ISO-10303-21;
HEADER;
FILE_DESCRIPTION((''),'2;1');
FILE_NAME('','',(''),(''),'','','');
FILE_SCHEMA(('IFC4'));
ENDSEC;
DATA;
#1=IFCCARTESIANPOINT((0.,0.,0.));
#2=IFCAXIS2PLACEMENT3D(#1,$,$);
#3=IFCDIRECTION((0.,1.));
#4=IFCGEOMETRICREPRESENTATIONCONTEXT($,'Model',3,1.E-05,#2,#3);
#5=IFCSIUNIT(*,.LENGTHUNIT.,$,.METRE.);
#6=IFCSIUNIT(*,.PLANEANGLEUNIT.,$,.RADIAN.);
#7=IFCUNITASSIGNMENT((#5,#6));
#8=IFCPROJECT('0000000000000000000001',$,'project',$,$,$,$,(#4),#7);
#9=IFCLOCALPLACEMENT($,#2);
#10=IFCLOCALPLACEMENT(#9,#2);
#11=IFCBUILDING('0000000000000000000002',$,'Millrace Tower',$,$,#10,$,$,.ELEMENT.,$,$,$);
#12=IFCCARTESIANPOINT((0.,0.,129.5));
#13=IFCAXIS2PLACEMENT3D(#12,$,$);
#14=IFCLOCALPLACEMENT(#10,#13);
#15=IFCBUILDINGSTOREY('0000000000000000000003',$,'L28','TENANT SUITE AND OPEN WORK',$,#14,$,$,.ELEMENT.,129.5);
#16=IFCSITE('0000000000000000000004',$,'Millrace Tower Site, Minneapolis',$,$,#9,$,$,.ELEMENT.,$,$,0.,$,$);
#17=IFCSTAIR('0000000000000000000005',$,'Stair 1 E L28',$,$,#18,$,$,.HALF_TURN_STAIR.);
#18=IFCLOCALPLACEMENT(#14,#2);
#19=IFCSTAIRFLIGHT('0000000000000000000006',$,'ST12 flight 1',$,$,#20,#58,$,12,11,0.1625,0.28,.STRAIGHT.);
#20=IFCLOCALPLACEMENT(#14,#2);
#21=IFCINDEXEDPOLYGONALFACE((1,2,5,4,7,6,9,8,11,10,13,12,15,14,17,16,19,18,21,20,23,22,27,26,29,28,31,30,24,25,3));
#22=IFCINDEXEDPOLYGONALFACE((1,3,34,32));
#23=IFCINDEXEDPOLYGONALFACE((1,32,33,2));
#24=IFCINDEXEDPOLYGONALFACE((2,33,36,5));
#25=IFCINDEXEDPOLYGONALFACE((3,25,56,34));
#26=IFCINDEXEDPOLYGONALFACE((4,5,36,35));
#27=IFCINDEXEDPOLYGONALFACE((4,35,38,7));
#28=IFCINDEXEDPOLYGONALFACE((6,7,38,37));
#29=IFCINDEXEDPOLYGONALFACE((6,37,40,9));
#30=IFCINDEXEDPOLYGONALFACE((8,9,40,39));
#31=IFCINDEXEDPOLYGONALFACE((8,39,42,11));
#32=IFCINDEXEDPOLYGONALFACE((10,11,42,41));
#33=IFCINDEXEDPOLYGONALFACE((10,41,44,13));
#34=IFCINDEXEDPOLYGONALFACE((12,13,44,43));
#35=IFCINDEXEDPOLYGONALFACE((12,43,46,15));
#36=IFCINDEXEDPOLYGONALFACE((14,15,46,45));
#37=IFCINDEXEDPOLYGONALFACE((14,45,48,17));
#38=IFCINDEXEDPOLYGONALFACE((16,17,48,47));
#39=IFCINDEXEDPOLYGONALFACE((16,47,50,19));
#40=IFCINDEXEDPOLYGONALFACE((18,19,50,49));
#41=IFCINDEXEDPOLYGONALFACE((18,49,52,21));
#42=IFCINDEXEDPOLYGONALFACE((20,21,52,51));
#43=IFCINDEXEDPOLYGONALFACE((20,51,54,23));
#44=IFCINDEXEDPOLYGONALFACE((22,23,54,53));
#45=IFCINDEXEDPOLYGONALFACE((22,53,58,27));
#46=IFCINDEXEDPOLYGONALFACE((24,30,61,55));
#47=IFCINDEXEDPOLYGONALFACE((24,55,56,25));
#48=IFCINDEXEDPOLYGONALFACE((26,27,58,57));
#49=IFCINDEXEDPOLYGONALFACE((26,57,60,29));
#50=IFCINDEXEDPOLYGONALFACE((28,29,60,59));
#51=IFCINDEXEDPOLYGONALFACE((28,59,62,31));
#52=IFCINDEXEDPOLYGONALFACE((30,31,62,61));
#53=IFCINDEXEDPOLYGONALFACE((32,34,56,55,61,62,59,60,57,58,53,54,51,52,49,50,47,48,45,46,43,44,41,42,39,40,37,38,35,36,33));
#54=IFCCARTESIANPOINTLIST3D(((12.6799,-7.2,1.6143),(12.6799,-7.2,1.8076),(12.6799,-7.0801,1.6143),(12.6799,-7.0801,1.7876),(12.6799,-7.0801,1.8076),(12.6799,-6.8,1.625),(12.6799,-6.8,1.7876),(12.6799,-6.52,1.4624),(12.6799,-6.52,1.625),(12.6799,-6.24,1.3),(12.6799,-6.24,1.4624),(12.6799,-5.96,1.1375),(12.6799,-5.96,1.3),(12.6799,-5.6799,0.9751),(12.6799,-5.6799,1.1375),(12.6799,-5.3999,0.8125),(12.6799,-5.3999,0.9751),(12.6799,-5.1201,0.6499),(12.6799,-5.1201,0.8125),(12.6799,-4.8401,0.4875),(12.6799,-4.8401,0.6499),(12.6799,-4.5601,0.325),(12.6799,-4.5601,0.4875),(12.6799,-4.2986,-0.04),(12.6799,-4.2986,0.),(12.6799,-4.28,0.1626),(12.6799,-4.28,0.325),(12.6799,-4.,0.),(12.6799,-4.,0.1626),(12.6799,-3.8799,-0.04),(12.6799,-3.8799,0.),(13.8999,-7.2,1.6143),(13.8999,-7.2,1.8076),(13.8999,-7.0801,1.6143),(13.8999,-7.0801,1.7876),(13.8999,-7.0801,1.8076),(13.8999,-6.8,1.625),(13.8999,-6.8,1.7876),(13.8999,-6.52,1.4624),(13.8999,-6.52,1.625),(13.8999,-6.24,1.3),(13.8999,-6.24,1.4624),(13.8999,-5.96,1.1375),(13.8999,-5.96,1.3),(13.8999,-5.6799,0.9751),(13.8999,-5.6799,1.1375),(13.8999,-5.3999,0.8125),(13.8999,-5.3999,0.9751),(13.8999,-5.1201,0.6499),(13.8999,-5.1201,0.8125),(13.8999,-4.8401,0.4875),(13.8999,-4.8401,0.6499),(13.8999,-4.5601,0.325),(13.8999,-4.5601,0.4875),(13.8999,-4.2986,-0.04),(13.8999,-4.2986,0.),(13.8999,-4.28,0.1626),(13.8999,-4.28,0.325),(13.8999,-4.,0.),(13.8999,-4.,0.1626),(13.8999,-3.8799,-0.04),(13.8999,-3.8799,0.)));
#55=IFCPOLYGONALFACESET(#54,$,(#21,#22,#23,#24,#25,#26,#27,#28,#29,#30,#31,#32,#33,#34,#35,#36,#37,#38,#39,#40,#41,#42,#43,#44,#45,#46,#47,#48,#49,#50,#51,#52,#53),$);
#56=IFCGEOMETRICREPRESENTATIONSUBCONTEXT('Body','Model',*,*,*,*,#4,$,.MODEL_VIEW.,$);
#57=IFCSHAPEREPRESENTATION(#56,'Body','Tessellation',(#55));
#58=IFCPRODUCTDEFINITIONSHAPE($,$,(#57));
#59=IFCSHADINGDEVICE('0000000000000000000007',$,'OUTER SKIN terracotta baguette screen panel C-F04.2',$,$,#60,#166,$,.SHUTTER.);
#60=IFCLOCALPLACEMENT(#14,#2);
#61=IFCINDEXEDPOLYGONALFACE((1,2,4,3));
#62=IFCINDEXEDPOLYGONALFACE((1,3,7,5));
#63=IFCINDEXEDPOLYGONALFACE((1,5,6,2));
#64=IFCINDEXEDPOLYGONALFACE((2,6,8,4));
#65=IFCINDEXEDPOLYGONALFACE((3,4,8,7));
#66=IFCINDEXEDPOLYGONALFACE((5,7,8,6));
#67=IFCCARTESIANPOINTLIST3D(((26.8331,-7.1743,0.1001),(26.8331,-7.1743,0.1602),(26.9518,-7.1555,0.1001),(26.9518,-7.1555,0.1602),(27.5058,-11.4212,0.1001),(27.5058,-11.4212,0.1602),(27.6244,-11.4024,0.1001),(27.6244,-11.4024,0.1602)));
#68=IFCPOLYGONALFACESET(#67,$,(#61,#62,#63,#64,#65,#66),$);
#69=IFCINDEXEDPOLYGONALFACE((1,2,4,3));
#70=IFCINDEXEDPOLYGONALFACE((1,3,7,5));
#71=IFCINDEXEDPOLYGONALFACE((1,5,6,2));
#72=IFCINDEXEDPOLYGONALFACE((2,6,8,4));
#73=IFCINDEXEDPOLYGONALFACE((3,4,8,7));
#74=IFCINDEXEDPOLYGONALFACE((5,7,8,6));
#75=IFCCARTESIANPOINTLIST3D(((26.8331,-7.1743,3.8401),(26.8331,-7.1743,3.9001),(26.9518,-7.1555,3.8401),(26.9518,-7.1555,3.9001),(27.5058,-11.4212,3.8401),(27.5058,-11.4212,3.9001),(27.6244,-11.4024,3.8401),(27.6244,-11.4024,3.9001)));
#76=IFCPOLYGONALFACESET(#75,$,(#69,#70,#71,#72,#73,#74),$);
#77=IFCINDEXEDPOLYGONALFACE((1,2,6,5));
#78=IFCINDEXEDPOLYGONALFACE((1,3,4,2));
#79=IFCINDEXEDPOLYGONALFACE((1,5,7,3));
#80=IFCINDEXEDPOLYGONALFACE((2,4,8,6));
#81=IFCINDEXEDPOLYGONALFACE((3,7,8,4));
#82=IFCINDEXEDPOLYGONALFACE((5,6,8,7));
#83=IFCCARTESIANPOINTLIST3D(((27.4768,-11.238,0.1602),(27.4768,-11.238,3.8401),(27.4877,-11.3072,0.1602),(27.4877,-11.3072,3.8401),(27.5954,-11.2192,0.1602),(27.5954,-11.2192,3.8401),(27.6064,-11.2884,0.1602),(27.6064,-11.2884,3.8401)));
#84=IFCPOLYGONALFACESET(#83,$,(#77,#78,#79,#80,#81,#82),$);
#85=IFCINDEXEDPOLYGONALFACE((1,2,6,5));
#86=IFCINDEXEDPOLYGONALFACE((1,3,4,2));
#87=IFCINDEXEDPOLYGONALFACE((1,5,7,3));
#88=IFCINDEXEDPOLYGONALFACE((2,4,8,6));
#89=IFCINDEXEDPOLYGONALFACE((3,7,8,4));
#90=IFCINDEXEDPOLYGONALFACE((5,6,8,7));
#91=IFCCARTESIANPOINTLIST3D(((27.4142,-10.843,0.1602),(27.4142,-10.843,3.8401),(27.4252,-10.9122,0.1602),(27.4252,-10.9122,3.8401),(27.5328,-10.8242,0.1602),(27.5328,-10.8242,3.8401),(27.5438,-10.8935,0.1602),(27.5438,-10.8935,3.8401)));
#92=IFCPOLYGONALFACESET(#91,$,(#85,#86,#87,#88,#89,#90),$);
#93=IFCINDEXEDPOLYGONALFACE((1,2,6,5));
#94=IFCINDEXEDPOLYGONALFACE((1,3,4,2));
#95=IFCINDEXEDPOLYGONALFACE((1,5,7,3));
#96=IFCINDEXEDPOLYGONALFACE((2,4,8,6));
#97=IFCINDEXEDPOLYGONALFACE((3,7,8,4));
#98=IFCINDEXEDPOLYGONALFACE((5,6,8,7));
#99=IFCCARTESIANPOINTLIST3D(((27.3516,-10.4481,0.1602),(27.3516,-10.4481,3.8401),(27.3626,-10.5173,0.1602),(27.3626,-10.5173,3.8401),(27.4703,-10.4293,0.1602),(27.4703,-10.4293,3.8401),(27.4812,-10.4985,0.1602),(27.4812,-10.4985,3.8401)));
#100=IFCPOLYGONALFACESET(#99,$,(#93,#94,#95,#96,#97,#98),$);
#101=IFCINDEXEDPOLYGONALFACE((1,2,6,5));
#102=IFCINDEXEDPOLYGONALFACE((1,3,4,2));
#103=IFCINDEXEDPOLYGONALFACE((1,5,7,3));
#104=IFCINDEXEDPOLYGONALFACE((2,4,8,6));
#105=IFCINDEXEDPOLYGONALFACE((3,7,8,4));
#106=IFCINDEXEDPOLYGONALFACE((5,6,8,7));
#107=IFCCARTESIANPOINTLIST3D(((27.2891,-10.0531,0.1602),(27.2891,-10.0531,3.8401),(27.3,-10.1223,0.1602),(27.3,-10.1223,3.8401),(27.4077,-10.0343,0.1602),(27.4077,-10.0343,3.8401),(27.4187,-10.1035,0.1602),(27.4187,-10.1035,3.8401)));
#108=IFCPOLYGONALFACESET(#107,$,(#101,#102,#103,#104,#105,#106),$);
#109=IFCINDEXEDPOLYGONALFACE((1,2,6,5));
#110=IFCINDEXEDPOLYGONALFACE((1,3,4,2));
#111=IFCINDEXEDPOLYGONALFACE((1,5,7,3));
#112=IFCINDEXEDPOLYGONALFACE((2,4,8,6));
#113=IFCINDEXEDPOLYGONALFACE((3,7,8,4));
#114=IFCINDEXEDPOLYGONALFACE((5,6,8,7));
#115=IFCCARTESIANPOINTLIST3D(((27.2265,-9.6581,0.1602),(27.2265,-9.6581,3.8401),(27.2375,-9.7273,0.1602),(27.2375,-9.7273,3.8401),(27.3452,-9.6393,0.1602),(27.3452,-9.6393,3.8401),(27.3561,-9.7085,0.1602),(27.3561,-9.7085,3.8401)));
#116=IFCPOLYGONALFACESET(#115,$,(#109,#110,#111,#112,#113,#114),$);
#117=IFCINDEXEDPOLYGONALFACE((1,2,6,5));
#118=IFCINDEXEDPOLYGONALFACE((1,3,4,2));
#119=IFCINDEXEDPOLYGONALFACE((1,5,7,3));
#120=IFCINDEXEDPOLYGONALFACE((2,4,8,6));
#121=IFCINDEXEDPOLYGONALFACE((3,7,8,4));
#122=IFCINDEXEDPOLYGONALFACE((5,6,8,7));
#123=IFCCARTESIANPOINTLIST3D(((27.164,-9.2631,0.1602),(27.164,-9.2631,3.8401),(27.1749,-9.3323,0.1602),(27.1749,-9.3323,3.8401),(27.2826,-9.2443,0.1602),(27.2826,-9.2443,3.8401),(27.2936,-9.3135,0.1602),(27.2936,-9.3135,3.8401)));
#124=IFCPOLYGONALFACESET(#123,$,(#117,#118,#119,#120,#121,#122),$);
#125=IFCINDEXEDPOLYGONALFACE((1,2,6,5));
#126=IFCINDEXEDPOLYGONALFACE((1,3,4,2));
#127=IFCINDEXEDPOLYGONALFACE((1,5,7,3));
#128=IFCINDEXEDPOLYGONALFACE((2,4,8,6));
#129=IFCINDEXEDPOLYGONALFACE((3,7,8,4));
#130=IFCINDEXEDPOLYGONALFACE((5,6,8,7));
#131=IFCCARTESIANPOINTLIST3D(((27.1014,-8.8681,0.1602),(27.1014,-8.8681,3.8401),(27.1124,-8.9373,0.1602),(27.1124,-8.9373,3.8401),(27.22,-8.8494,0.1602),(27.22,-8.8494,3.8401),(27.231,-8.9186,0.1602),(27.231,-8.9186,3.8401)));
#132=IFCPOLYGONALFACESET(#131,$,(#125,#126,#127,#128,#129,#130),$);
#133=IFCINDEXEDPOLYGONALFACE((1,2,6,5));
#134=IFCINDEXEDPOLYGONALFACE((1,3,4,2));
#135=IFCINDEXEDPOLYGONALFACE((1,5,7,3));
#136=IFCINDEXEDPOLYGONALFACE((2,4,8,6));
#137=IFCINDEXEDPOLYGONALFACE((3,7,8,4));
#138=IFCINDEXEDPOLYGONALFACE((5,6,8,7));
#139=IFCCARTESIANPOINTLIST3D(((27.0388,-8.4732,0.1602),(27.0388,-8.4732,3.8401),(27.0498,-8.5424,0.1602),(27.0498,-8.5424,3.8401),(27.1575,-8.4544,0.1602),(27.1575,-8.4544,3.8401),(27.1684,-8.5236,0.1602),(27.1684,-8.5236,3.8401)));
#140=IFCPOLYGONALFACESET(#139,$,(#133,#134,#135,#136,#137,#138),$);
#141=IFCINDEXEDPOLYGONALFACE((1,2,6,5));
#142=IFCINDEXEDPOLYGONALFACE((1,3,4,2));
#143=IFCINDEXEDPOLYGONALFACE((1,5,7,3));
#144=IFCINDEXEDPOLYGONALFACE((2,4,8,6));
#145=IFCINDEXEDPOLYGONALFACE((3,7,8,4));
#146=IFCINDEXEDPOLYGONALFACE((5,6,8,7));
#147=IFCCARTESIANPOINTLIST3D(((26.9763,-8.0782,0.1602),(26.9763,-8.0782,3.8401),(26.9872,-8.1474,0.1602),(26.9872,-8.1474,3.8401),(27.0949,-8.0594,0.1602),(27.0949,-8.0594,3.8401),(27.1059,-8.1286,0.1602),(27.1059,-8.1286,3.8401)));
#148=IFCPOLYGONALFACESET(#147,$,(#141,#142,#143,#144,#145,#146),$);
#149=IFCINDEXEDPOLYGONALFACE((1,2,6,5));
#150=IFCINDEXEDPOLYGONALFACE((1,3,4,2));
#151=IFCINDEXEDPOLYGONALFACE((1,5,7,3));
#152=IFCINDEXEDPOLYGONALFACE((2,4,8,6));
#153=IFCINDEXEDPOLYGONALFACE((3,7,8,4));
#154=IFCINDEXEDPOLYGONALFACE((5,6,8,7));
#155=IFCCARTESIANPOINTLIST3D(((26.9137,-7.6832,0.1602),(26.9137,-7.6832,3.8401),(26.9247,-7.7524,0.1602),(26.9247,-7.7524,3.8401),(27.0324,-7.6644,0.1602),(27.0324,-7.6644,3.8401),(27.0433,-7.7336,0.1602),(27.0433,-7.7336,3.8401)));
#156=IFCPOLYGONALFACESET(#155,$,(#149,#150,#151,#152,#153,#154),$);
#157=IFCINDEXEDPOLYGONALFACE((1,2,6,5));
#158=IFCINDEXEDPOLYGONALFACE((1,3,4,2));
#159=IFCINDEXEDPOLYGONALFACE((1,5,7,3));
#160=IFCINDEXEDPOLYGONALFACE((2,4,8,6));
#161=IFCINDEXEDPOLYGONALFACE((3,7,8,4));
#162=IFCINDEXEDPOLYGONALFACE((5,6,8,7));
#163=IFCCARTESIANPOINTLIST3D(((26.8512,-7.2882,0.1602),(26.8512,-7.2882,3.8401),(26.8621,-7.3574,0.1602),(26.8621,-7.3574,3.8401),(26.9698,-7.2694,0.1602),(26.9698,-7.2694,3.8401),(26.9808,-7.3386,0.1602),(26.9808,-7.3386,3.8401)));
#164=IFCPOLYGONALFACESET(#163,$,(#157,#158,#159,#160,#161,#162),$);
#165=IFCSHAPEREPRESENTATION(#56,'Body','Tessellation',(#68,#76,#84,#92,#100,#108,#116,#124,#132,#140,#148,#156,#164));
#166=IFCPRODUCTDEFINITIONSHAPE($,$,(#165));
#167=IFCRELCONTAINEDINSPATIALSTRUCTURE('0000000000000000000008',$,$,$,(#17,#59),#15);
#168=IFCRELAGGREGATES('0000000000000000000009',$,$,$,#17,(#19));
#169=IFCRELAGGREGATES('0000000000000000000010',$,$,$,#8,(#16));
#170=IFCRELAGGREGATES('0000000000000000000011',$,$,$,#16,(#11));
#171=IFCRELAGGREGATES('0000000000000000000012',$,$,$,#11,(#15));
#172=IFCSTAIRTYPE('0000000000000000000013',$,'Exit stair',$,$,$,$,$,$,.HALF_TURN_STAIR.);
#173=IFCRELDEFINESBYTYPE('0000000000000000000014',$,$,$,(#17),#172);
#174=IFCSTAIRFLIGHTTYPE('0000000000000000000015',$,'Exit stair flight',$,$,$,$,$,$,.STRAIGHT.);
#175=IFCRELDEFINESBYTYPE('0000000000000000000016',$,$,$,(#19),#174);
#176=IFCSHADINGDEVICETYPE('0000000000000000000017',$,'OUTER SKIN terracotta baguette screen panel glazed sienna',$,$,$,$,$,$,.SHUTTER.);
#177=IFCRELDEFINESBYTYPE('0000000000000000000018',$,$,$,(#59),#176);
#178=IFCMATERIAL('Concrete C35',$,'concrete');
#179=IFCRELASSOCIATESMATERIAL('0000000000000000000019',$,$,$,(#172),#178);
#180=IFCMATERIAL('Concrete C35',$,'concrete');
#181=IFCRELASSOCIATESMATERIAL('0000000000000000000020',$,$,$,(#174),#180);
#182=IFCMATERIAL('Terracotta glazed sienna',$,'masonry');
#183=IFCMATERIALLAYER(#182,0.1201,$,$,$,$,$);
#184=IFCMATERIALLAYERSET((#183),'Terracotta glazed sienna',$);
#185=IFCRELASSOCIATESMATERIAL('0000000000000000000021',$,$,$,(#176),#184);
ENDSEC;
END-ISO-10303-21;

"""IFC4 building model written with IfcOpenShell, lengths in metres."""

from ifc_helpers import new_model, entity, si_unit, direction, frame, frame_2d, origin, origin_2d, place, context, subcontext, project, spatial, polyline, rectangle, outline, extrude, source, transform, mapped, material, layer, layer_set, type_object, element, aggregate, save


model = new_model("IFC4")

# Units and contexts
model_context = context("Model", 3, precision=1e-05, world=origin(), true_north=direction((0.0, 1.0)))
body_context = subcontext(model_context, "Body", "Model", "MODEL_VIEW")
ifc_project = project(units=[si_unit("LENGTHUNIT", "METRE"), si_unit("PLANEANGLEUNIT", "RADIAN")], contexts=[model_context])

# Site, building, storey
site_placement = place(None, origin())
site = spatial("IfcSite", under=ifc_project, at=site_placement, Name="Millrace Tower Site, Minneapolis", CompositionType="ELEMENT", RefElevation=0.0)
building_placement = place(site_placement, origin())
building = spatial("IfcBuilding", under=site, at=building_placement, Name="Millrace Tower", CompositionType="ELEMENT")
storey_placement = place(building_placement, frame((0.0, 0.0, 129.5)))
storey = spatial("IfcBuildingStorey", under=building, at=storey_placement, Name="L28", Description="TENANT SUITE AND OPEN WORK", CompositionType="ELEMENT", Elevation=129.5)

# Shared definitions
placement = place(storey_placement, origin())

# Stair, stair flight
ifc_material_1 = material(Name="Concrete C35", Category="concrete")
stair_type = type_object("IfcStairType", Name="Exit stair", PredefinedType="HALF_TURN_STAIR", material=ifc_material_1)
stair = element("IfcStair", 1, at=placement, inside=storey, type_object=stair_type, Name="Stair 1 E L28", PredefinedType="HALF_TURN_STAIR")
ifc_material_2 = material(Name="Concrete C35", Category="concrete")
stair_flight_type = type_object("IfcStairFlightType", Name="Exit stair flight", PredefinedType="STRAIGHT", material=ifc_material_2)
stair_flight_placement = place(storey_placement, frame((13.29, -4.0, 0.0), z_axis=(0.0, 0.0, 1.0), x_axis=(0.0, -1.0, 0.0)))
stair_flight = element("IfcStairFlight", 2, at=stair_flight_placement, type_object=stair_flight_type, Name="ST12 flight 1", NumberOfRisers=12, NumberOfTreads=11, PredefinedType="STRAIGHT", RiserHeight=0.1625, TreadLength=0.28, context=body_context, shape_type="SweptSolid", body=[
    extrude(outline(polyline([(-0.1201, -0.04), (-0.1201, 0.0), (0.0, 0.0), (0.0, 0.1626), (0.28, 0.1626), (0.28, 0.325), (0.5601, 0.325), (0.5601, 0.4875), (0.8401, 0.4875), (0.8401, 0.6499), (1.1201, 0.6499), (1.1201, 0.8125), (1.3999, 0.8125), (1.3999, 0.9751), (1.6799, 0.9751), (1.6799, 1.1375), (1.96, 1.1375), (1.96, 1.3), (2.24, 1.3), (2.24, 1.4624), (2.52, 1.4624), (2.52, 1.625), (2.8, 1.625), (2.8, 1.7876), (3.0801, 1.7876), (3.0801, 1.8076), (3.2, 1.8076), (3.2, 1.6143), (3.0801, 1.6143), (0.2986, 0.0), (0.2986, -0.04), (-0.1201, -0.04)])), frame((0.0, 0.6099, 0.0), z_axis=(0.0, -1.0, 0.0), x_axis=(1.0, 0.0, 0.0)), (0.0, 0.0, 1.0), 1.22),
])
aggregate(stair, [stair_flight])

# Shading device
ifc_material_3 = material(Name="Terracotta glazed sienna", Category="masonry")
ifc_layer_1 = layer(ifc_material_3, 0.1201)
ifc_layer_set_1 = layer_set([ifc_layer_1], Name="Terracotta glazed sienna")
shading_device_type = type_object("IfcShadingDeviceType", Name="OUTER SKIN terracotta baguette screen panel glazed sienna", PredefinedType="SHUTTER", material=ifc_layer_set_1)
cartesian_point = entity("IfcCartesianPoint", [-2.1499, 0.0601])
shared_polyline = entity("IfcPolyline", [cartesian_point, entity("IfcCartesianPoint", [2.1499, 0.0601]), entity("IfcCartesianPoint", [2.1499, -0.0601]), entity("IfcCartesianPoint", [-2.1499, -0.0601]), cartesian_point])
shared_shape = source(origin(), body_context, "Body", "SweptSolid", [
    entity("IfcExtrudedAreaSolid", entity("IfcArbitraryClosedProfileDef", "AREA", None, shared_polyline), entity("IfcAxis2Placement3D", entity("IfcCartesianPoint", [0.0, 0.0, 0.0])), entity("IfcDirection", [0.0, 0.0, 1.0]), 0.0601),
    entity("IfcExtrudedAreaSolid", entity("IfcArbitraryClosedProfileDef", "AREA", None, shared_polyline), entity("IfcAxis2Placement3D", entity("IfcCartesianPoint", [0.0, 0.0, 3.74])), entity("IfcDirection", [0.0, 0.0, 1.0]), 0.0601),
    extrude(rectangle(XDim=0.0701, YDim=0.1201, at=frame_2d((-1.9995, 0.0))), frame((0.0, 0.0, 0.0601)), (0.0, 0.0, 1.0), 3.6799),
    extrude(rectangle(XDim=0.0701, YDim=0.1201, at=frame_2d((-1.5996, 0.0))), frame((0.0, 0.0, 0.0601)), (0.0, 0.0, 1.0), 3.6799),
    extrude(rectangle(XDim=0.0701, YDim=0.1201, at=frame_2d((-1.1997, 0.0))), frame((0.0, 0.0, 0.0601)), (0.0, 0.0, 1.0), 3.6799),
    extrude(rectangle(XDim=0.0701, YDim=0.1201, at=frame_2d((-0.7998, 0.0))), frame((0.0, 0.0, 0.0601)), (0.0, 0.0, 1.0), 3.6799),
    extrude(rectangle(XDim=0.0701, YDim=0.1201, at=frame_2d((-0.3999, 0.0))), frame((0.0, 0.0, 0.0601)), (0.0, 0.0, 1.0), 3.6799),
    extrude(rectangle(XDim=0.0701, YDim=0.1201, at=origin_2d()), frame((0.0, 0.0, 0.0601)), (0.0, 0.0, 1.0), 3.6799),
    extrude(rectangle(XDim=0.0701, YDim=0.1201, at=frame_2d((0.3999, 0.0))), frame((0.0, 0.0, 0.0601)), (0.0, 0.0, 1.0), 3.6799),
    extrude(rectangle(XDim=0.0701, YDim=0.1201, at=frame_2d((0.7998, 0.0))), frame((0.0, 0.0, 0.0601)), (0.0, 0.0, 1.0), 3.6799),
    extrude(rectangle(XDim=0.0701, YDim=0.1201, at=frame_2d((1.1997, 0.0))), frame((0.0, 0.0, 0.0601)), (0.0, 0.0, 1.0), 3.6799),
    extrude(rectangle(XDim=0.0701, YDim=0.1201, at=frame_2d((1.5996, 0.0))), frame((0.0, 0.0, 0.0601)), (0.0, 0.0, 1.0), 3.6799),
    extrude(rectangle(XDim=0.0701, YDim=0.1201, at=frame_2d((1.9995, 0.0))), frame((0.0, 0.0, 0.0601)), (0.0, 0.0, 1.0), 3.6799),
])
for number, where, z_axis, x_axis, name in (
    (3, (27.2288, -9.2883, 0.1001), (0.0, 0.0, 1.0), (-0.156434, 0.987688, 0.0), "OUTER SKIN terracotta baguette screen panel C-F04.2"),
):
    element("IfcShadingDevice", number, at=place(storey_placement, frame(where, z_axis=z_axis, x_axis=x_axis)), inside=storey, type_object=shading_device_type, Name=name, PredefinedType="SHUTTER", context=body_context, shape_type="MappedRepresentation", body=[
        mapped(shared_shape, transform((0.0, 0.0, 0.0), scale=1.0)),
    ])

save(model, "model.ifc")
